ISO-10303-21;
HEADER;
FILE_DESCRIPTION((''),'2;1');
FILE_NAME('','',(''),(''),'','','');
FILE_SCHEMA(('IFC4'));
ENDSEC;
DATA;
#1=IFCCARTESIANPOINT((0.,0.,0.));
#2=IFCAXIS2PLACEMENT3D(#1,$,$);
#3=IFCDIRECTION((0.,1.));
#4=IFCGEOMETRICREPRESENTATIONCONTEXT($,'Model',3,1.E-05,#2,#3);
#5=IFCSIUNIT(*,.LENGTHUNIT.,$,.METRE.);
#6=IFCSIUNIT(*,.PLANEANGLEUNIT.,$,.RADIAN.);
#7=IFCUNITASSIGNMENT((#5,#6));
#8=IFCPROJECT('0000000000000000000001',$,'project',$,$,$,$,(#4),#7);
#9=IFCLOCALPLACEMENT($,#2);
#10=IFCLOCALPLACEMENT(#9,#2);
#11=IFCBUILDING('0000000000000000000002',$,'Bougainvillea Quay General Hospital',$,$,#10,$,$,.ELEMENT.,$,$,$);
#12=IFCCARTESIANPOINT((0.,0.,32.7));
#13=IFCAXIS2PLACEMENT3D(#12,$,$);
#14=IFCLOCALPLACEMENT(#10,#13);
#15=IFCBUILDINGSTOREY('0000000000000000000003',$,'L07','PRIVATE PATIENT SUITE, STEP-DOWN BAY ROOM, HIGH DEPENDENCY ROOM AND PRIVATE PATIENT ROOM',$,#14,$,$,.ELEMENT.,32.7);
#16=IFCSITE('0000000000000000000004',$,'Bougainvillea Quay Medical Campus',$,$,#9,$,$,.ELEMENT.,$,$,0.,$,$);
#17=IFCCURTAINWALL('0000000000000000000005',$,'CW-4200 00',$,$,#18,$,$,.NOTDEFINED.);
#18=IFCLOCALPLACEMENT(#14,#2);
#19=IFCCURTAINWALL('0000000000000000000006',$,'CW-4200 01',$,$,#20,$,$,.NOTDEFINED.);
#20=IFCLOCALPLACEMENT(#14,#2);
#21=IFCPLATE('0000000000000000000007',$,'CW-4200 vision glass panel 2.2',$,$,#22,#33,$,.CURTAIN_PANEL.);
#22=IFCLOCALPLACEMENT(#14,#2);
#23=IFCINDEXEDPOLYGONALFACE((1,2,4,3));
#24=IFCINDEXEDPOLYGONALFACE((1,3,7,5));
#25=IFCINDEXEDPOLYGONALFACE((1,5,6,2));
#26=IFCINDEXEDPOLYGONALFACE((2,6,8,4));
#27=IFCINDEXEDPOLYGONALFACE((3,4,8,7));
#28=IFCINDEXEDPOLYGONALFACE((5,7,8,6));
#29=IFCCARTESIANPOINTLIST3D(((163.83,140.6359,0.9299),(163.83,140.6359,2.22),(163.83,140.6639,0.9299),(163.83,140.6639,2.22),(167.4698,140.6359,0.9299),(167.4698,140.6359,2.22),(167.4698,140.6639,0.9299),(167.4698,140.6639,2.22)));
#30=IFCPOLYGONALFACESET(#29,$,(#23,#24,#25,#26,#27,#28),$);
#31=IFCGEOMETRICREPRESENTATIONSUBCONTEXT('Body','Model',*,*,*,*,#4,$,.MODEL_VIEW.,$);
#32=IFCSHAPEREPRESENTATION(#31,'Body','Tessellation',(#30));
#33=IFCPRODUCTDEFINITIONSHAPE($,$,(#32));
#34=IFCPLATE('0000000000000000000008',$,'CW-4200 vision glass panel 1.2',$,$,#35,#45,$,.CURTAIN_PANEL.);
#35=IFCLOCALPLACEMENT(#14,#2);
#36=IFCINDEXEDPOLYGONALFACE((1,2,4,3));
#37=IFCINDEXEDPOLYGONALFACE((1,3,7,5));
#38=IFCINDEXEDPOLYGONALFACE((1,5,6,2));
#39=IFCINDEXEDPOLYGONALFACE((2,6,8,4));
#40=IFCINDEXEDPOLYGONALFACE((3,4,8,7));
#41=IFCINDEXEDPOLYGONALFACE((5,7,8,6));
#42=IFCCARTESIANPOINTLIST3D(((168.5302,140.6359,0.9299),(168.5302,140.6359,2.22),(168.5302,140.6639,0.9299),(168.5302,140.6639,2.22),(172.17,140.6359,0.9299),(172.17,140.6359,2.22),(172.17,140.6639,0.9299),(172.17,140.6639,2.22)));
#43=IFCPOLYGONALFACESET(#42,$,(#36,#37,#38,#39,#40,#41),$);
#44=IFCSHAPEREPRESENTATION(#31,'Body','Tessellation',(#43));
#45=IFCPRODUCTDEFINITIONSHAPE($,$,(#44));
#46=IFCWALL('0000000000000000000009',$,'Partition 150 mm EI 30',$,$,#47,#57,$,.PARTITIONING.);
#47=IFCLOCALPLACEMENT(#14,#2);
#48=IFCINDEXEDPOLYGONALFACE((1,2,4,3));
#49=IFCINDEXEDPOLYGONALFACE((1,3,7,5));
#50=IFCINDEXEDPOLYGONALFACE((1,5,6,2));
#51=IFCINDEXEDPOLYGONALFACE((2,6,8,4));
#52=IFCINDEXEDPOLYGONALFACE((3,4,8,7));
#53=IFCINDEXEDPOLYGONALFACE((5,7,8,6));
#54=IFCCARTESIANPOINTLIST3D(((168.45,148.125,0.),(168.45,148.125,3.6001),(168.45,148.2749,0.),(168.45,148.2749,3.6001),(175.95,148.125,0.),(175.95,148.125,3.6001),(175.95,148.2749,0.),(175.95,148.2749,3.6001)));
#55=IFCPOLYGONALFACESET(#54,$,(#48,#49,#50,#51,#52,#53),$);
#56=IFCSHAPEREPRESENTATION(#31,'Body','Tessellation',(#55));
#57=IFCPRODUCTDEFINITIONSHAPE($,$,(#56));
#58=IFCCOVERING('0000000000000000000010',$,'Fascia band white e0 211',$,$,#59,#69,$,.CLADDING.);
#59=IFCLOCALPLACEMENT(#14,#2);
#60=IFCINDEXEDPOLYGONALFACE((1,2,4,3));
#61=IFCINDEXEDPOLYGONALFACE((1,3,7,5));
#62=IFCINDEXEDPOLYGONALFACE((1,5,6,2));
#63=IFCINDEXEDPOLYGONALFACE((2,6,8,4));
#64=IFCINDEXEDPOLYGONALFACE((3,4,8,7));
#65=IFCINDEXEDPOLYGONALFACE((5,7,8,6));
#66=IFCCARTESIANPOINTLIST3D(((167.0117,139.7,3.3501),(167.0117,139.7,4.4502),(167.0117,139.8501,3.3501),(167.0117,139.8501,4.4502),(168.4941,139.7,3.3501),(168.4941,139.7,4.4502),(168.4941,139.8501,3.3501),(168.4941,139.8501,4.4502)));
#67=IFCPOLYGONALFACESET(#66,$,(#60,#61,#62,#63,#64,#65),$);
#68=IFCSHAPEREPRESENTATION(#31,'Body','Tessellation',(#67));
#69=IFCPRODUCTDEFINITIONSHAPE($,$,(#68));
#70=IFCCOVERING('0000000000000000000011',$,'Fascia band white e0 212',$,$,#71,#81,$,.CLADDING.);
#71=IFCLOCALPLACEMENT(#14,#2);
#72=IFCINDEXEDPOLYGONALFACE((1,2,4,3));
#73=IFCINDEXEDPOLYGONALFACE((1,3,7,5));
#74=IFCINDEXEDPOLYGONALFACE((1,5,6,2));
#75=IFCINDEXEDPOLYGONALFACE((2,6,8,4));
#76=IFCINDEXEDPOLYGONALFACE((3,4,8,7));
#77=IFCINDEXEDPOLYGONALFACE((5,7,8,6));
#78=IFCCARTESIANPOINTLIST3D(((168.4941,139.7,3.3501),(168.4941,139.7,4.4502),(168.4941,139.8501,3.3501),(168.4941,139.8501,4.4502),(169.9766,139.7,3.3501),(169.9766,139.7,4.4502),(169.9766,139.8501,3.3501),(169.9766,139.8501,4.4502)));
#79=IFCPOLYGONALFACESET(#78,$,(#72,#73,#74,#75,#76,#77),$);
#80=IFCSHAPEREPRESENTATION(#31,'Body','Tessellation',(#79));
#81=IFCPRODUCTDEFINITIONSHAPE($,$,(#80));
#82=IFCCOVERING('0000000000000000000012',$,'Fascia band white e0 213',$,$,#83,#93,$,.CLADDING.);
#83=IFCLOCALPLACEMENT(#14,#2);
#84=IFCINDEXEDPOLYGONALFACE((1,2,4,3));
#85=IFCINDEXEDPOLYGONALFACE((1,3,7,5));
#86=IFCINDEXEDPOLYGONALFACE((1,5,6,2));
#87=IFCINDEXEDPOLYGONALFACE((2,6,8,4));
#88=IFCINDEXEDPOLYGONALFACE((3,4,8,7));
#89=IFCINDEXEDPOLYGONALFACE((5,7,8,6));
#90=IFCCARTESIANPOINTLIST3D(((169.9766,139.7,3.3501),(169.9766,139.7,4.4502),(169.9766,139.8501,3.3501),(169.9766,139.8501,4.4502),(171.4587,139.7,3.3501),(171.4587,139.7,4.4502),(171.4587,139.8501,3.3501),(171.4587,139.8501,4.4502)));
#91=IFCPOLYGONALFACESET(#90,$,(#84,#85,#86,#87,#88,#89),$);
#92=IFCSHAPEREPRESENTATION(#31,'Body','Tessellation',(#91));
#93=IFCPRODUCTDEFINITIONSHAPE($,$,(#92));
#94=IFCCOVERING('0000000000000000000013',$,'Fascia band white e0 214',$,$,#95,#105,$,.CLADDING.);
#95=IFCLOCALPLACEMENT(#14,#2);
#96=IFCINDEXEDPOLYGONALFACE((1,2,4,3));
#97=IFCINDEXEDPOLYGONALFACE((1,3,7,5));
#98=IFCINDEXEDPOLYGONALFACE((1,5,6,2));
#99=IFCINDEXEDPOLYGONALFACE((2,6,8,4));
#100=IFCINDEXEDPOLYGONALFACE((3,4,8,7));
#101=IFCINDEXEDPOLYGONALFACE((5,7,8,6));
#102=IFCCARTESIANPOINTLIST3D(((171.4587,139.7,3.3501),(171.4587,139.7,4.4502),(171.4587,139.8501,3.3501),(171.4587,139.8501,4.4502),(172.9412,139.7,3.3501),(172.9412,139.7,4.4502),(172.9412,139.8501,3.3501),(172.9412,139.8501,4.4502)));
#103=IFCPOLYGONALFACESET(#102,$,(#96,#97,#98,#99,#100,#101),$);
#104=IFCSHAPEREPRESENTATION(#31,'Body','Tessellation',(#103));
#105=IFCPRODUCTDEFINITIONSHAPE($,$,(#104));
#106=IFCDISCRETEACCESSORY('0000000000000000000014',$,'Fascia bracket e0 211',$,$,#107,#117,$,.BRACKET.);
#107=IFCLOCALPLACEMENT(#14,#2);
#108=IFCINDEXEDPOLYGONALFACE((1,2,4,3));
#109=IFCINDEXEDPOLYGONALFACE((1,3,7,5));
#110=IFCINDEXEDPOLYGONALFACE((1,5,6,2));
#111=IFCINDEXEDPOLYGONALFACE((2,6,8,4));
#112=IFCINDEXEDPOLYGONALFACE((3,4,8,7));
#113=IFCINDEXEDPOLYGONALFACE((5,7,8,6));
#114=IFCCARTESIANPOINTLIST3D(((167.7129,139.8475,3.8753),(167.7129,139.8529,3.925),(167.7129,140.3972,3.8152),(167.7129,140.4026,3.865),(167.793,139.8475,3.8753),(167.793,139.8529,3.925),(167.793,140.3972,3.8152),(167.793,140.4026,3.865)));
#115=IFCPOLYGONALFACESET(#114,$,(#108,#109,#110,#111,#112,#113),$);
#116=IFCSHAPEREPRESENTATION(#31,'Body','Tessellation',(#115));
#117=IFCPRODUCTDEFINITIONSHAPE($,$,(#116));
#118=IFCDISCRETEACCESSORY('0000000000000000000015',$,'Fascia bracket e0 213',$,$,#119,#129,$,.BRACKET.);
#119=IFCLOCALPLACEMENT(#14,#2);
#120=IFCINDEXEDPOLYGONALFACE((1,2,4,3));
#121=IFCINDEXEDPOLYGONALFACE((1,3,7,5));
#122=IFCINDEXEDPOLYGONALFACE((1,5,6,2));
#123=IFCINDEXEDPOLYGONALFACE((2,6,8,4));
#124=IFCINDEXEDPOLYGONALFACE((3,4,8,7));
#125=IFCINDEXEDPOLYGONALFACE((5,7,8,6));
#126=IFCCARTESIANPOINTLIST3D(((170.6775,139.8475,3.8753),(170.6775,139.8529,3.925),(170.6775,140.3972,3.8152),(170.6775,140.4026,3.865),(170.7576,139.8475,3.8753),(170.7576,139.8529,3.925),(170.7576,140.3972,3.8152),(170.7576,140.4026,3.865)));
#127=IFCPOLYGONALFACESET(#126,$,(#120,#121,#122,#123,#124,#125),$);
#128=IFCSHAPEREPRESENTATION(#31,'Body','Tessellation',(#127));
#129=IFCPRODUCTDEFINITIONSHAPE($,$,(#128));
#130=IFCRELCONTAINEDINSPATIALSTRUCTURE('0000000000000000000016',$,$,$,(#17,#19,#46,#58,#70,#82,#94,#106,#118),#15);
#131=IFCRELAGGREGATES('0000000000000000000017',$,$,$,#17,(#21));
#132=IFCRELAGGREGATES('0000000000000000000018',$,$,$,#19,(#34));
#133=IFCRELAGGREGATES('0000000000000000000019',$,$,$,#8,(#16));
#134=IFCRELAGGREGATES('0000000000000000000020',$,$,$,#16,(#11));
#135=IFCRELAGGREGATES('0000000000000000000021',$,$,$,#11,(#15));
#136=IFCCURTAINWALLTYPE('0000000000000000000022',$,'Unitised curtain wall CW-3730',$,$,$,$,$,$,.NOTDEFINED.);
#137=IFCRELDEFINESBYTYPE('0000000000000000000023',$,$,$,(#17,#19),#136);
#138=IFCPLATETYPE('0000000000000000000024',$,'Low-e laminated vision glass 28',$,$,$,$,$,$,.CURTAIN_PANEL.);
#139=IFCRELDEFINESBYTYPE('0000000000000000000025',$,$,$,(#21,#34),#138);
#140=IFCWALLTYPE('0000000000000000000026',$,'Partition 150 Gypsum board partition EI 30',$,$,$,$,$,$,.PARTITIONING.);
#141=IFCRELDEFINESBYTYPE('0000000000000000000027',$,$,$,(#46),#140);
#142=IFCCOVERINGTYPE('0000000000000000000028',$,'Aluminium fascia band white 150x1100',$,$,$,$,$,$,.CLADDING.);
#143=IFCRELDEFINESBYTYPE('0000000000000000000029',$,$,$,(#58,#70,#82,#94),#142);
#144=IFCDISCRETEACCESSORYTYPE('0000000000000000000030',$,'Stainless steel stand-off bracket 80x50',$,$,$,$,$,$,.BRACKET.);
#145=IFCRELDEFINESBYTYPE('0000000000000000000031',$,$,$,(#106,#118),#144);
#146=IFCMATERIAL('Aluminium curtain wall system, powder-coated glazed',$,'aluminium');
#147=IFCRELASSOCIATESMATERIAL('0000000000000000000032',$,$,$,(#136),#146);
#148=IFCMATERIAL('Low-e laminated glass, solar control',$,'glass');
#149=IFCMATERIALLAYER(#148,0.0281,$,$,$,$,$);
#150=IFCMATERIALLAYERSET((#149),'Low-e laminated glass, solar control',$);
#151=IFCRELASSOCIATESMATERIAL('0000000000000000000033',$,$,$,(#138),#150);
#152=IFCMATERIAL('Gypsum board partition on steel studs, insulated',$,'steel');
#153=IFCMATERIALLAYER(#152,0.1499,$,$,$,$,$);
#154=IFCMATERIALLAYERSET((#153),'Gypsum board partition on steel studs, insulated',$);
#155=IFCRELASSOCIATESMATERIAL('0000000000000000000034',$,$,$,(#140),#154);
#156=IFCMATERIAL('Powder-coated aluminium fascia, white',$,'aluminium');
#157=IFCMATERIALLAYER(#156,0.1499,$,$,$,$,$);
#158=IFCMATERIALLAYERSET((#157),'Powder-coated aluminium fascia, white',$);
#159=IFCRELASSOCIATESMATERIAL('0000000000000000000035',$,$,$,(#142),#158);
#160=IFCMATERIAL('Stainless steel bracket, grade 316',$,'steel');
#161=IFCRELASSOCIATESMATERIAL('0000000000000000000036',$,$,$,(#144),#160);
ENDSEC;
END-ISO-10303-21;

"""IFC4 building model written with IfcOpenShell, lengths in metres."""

from ifc_helpers import new_model, si_unit, direction, frame, frame_2d, origin, origin_2d, place, context, subcontext, project, spatial, polyline, rectangle, outline, extrude, material, layer, layer_set, material_profile, profile_set, type_object, element, aggregate, save


model = new_model("IFC4")

# Units and contexts
model_context = context("Model", 3, precision=1e-05, world=origin(), true_north=direction((0.0, 1.0)))
body_context = subcontext(model_context, "Body", "Model", "MODEL_VIEW")
ifc_project = project(units=[si_unit("LENGTHUNIT", "METRE"), si_unit("PLANEANGLEUNIT", "RADIAN")], contexts=[model_context])

# Site, building, storey
site_placement = place(None, origin())
site = spatial("IfcSite", under=ifc_project, at=site_placement, Name="Bougainvillea Quay Medical Campus", CompositionType="ELEMENT", RefElevation=0.0)
building_placement = place(site_placement, origin())
building = spatial("IfcBuilding", under=site, at=building_placement, Name="Bougainvillea Quay General Hospital", CompositionType="ELEMENT")
storey_placement = place(building_placement, frame((0.0, 0.0, 32.7)))
storey = spatial("IfcBuildingStorey", under=building, at=storey_placement, Name="L07", Description="PRIVATE PATIENT SUITE, STEP-DOWN BAY ROOM, HIGH DEPENDENCY ROOM AND PRIVATE PATIENT ROOM", CompositionType="ELEMENT", Elevation=32.7)

# Curtain wall
ifc_material_1 = material(Name="Aluminium curtain wall system, powder-coated glazed", Category="aluminium")
curtain_wall_type = type_object("IfcCurtainWallType", Name="Unitised curtain wall CW-3730", PredefinedType="NOTDEFINED", material=ifc_material_1)
curtain_wall_1_placement = place(storey_placement, origin())
curtain_wall_1 = element("IfcCurtainWall", 1, at=curtain_wall_1_placement, inside=storey, type_object=curtain_wall_type, Name="CW-4200 00", PredefinedType="NOTDEFINED")

# Curtain wall
curtain_wall_2_placement = place(storey_placement, origin())
curtain_wall_2 = element("IfcCurtainWall", 2, at=curtain_wall_2_placement, inside=storey, type_object=curtain_wall_type, Name="CW-4200 01", PredefinedType="NOTDEFINED")

# Plates
ifc_material_2 = material(Name="Low-e laminated glass, solar control", Category="glass")
ifc_layer_1 = layer(ifc_material_2, 0.0281)
ifc_layer_set_1 = layer_set([ifc_layer_1], Name="Low-e laminated glass, solar control")
plate_type_1 = type_object("IfcPlateType", Name="Low-e laminated vision glass 28", PredefinedType="CURTAIN_PANEL", material=ifc_layer_set_1)
plate_1_placement = place(storey_placement, frame((165.6499, 140.6499, 0.9299), z_axis=(0.0, 0.0, 1.0), x_axis=(1.0, 0.0, 0.0)))
plate_1 = element("IfcPlate", 3, at=plate_1_placement, type_object=plate_type_1, Name="CW-4200 vision glass panel 2.2", PredefinedType="CURTAIN_PANEL", context=body_context, shape_type="SweptSolid", body=[
    extrude(rectangle(XDim=3.6399, YDim=0.0281, at=origin_2d()), origin(), (0.0, 0.0, 1.0), 1.29),
])
aggregate(curtain_wall_1, [plate_1])
plate_2_placement = place(storey_placement, frame((170.3501, 140.6499, 0.9299), z_axis=(0.0, 0.0, 1.0), x_axis=(1.0, 0.0, 0.0)))
plate_2 = element("IfcPlate", 4, at=plate_2_placement, type_object=plate_type_1, Name="CW-4200 vision glass panel 1.2", PredefinedType="CURTAIN_PANEL", context=body_context, shape_type="SweptSolid", body=[
    extrude(rectangle(XDim=3.6399, YDim=0.0281, at=origin_2d()), origin(), (0.0, 0.0, 1.0), 1.29),
])
aggregate(curtain_wall_2, [plate_2])

# Wall
ifc_material_3 = material(Name="Gypsum board partition on steel studs, insulated", Category="steel")
ifc_layer_2 = layer(ifc_material_3, 0.1499)
ifc_layer_set_2 = layer_set([ifc_layer_2], Name="Gypsum board partition on steel studs, insulated")
wall_type = type_object("IfcWallType", Name="Partition 150 Gypsum board partition EI 30", PredefinedType="PARTITIONING", material=ifc_layer_set_2)
wall_placement = place(storey_placement, frame((168.45, 148.2, 0.0), z_axis=(0.0, 0.0, 1.0), x_axis=(1.0, 0.0, 0.0)))
element("IfcWall", 5, at=wall_placement, inside=storey, type_object=wall_type, Name="Partition 150 mm EI 30", PredefinedType="PARTITIONING", context=body_context, shape_type="SweptSolid", body=[
    extrude(rectangle(XDim=7.5, YDim=0.1499, at=frame_2d((3.75, 0.0))), origin(), (0.0, 0.0, 1.0), 3.6001),
])

# Coverings
ifc_material_4 = material(Name="Powder-coated aluminium fascia, white", Category="aluminium")
ifc_layer_3 = layer(ifc_material_4, 0.1499)
ifc_layer_set_3 = layer_set([ifc_layer_3], Name="Powder-coated aluminium fascia, white")
covering_type = type_object("IfcCoveringType", Name="Aluminium fascia band white 150x1100", PredefinedType="CLADDING", material=ifc_layer_set_3)
for number, where, z_axis, x_axis, name in (
    (6, (167.0117, 139.8501, 3.3501), (0.0, 0.0, 1.0), (1.0, 0.0, 0.0), "Fascia band white e0 211"),
    (7, (168.4941, 139.8501, 3.3501), (0.0, 0.0, 1.0), (1.0, 0.0, 0.0), "Fascia band white e0 212"),
):
    element("IfcCovering", number, at=place(storey_placement, frame(where, z_axis=z_axis, x_axis=x_axis)), inside=storey, type_object=covering_type, Name=name, PredefinedType="CLADDING", context=body_context, shape_type="SweptSolid", body=[
        extrude(outline(polyline([(0.0, 0.0), (1.4824, 0.0), (1.4824, -0.1501), (0.0, -0.1501), (0.0, 0.0)])), origin(), (0.0, 0.0, 1.0), 1.1001),
    ])
covering_1_placement = place(storey_placement, frame((169.9766, 139.8501, 3.3501), z_axis=(0.0, 0.0, 1.0), x_axis=(1.0, 0.0, 0.0)))
element("IfcCovering", 8, at=covering_1_placement, inside=storey, type_object=covering_type, Name="Fascia band white e0 213", PredefinedType="CLADDING", context=body_context, shape_type="SweptSolid", body=[
    extrude(outline(polyline([(0.0, 0.0), (1.4822, 0.0), (1.4822, -0.1501), (0.0, -0.1501), (0.0, 0.0)])), origin(), (0.0, 0.0, 1.0), 1.1001),
])
covering_2_placement = place(storey_placement, frame((171.4587, 139.8501, 3.3501), z_axis=(0.0, 0.0, 1.0), x_axis=(1.0, 0.0, 0.0)))
element("IfcCovering", 9, at=covering_2_placement, inside=storey, type_object=covering_type, Name="Fascia band white e0 214", PredefinedType="CLADDING", context=body_context, shape_type="SweptSolid", body=[
    extrude(outline(polyline([(0.0, 0.0), (1.4824, 0.0), (1.4824, -0.1501), (0.0, -0.1501), (0.0, 0.0)])), origin(), (0.0, 0.0, 1.0), 1.1001),
])

# Discrete accessories
ifc_material_5 = material(Name="Stainless steel bracket, grade 316", Category="steel")
ifc_material_profile_1 = material_profile(ifc_material_5, rectangle(XDim=0.0801, YDim=0.05, at=origin_2d()))
ifc_profile_set_1 = profile_set([ifc_material_profile_1], Name="Stainless steel bracket, grade 316")
discrete_accessory_type = type_object("IfcDiscreteAccessoryType", Name="Stainless steel stand-off bracket 80x50", PredefinedType="BRACKET", material=ifc_profile_set_1)
for number, where, z_axis, x_axis, name in (
    (10, (167.7529, 140.3999, 3.8401), (0.0, -0.994087, 0.10859), (1.0, 0.0, 0.0), "Fascia bracket e0 211"),
    (11, (170.7175, 140.3999, 3.8401), (0.0, -0.994087, 0.10859), (1.0, 0.0, 0.0), "Fascia bracket e0 213"),
):
    element("IfcDiscreteAccessory", number, at=place(storey_placement, frame(where, z_axis=z_axis, x_axis=x_axis)), inside=storey, type_object=discrete_accessory_type, Name=name, PredefinedType="BRACKET", context=body_context, shape_type="SweptSolid", body=[
        extrude(rectangle(XDim=0.0801, YDim=0.05, at=origin_2d()), origin(), (0.0, 0.0, 1.0), 0.553),
    ])

save(model, "model.ifc")
